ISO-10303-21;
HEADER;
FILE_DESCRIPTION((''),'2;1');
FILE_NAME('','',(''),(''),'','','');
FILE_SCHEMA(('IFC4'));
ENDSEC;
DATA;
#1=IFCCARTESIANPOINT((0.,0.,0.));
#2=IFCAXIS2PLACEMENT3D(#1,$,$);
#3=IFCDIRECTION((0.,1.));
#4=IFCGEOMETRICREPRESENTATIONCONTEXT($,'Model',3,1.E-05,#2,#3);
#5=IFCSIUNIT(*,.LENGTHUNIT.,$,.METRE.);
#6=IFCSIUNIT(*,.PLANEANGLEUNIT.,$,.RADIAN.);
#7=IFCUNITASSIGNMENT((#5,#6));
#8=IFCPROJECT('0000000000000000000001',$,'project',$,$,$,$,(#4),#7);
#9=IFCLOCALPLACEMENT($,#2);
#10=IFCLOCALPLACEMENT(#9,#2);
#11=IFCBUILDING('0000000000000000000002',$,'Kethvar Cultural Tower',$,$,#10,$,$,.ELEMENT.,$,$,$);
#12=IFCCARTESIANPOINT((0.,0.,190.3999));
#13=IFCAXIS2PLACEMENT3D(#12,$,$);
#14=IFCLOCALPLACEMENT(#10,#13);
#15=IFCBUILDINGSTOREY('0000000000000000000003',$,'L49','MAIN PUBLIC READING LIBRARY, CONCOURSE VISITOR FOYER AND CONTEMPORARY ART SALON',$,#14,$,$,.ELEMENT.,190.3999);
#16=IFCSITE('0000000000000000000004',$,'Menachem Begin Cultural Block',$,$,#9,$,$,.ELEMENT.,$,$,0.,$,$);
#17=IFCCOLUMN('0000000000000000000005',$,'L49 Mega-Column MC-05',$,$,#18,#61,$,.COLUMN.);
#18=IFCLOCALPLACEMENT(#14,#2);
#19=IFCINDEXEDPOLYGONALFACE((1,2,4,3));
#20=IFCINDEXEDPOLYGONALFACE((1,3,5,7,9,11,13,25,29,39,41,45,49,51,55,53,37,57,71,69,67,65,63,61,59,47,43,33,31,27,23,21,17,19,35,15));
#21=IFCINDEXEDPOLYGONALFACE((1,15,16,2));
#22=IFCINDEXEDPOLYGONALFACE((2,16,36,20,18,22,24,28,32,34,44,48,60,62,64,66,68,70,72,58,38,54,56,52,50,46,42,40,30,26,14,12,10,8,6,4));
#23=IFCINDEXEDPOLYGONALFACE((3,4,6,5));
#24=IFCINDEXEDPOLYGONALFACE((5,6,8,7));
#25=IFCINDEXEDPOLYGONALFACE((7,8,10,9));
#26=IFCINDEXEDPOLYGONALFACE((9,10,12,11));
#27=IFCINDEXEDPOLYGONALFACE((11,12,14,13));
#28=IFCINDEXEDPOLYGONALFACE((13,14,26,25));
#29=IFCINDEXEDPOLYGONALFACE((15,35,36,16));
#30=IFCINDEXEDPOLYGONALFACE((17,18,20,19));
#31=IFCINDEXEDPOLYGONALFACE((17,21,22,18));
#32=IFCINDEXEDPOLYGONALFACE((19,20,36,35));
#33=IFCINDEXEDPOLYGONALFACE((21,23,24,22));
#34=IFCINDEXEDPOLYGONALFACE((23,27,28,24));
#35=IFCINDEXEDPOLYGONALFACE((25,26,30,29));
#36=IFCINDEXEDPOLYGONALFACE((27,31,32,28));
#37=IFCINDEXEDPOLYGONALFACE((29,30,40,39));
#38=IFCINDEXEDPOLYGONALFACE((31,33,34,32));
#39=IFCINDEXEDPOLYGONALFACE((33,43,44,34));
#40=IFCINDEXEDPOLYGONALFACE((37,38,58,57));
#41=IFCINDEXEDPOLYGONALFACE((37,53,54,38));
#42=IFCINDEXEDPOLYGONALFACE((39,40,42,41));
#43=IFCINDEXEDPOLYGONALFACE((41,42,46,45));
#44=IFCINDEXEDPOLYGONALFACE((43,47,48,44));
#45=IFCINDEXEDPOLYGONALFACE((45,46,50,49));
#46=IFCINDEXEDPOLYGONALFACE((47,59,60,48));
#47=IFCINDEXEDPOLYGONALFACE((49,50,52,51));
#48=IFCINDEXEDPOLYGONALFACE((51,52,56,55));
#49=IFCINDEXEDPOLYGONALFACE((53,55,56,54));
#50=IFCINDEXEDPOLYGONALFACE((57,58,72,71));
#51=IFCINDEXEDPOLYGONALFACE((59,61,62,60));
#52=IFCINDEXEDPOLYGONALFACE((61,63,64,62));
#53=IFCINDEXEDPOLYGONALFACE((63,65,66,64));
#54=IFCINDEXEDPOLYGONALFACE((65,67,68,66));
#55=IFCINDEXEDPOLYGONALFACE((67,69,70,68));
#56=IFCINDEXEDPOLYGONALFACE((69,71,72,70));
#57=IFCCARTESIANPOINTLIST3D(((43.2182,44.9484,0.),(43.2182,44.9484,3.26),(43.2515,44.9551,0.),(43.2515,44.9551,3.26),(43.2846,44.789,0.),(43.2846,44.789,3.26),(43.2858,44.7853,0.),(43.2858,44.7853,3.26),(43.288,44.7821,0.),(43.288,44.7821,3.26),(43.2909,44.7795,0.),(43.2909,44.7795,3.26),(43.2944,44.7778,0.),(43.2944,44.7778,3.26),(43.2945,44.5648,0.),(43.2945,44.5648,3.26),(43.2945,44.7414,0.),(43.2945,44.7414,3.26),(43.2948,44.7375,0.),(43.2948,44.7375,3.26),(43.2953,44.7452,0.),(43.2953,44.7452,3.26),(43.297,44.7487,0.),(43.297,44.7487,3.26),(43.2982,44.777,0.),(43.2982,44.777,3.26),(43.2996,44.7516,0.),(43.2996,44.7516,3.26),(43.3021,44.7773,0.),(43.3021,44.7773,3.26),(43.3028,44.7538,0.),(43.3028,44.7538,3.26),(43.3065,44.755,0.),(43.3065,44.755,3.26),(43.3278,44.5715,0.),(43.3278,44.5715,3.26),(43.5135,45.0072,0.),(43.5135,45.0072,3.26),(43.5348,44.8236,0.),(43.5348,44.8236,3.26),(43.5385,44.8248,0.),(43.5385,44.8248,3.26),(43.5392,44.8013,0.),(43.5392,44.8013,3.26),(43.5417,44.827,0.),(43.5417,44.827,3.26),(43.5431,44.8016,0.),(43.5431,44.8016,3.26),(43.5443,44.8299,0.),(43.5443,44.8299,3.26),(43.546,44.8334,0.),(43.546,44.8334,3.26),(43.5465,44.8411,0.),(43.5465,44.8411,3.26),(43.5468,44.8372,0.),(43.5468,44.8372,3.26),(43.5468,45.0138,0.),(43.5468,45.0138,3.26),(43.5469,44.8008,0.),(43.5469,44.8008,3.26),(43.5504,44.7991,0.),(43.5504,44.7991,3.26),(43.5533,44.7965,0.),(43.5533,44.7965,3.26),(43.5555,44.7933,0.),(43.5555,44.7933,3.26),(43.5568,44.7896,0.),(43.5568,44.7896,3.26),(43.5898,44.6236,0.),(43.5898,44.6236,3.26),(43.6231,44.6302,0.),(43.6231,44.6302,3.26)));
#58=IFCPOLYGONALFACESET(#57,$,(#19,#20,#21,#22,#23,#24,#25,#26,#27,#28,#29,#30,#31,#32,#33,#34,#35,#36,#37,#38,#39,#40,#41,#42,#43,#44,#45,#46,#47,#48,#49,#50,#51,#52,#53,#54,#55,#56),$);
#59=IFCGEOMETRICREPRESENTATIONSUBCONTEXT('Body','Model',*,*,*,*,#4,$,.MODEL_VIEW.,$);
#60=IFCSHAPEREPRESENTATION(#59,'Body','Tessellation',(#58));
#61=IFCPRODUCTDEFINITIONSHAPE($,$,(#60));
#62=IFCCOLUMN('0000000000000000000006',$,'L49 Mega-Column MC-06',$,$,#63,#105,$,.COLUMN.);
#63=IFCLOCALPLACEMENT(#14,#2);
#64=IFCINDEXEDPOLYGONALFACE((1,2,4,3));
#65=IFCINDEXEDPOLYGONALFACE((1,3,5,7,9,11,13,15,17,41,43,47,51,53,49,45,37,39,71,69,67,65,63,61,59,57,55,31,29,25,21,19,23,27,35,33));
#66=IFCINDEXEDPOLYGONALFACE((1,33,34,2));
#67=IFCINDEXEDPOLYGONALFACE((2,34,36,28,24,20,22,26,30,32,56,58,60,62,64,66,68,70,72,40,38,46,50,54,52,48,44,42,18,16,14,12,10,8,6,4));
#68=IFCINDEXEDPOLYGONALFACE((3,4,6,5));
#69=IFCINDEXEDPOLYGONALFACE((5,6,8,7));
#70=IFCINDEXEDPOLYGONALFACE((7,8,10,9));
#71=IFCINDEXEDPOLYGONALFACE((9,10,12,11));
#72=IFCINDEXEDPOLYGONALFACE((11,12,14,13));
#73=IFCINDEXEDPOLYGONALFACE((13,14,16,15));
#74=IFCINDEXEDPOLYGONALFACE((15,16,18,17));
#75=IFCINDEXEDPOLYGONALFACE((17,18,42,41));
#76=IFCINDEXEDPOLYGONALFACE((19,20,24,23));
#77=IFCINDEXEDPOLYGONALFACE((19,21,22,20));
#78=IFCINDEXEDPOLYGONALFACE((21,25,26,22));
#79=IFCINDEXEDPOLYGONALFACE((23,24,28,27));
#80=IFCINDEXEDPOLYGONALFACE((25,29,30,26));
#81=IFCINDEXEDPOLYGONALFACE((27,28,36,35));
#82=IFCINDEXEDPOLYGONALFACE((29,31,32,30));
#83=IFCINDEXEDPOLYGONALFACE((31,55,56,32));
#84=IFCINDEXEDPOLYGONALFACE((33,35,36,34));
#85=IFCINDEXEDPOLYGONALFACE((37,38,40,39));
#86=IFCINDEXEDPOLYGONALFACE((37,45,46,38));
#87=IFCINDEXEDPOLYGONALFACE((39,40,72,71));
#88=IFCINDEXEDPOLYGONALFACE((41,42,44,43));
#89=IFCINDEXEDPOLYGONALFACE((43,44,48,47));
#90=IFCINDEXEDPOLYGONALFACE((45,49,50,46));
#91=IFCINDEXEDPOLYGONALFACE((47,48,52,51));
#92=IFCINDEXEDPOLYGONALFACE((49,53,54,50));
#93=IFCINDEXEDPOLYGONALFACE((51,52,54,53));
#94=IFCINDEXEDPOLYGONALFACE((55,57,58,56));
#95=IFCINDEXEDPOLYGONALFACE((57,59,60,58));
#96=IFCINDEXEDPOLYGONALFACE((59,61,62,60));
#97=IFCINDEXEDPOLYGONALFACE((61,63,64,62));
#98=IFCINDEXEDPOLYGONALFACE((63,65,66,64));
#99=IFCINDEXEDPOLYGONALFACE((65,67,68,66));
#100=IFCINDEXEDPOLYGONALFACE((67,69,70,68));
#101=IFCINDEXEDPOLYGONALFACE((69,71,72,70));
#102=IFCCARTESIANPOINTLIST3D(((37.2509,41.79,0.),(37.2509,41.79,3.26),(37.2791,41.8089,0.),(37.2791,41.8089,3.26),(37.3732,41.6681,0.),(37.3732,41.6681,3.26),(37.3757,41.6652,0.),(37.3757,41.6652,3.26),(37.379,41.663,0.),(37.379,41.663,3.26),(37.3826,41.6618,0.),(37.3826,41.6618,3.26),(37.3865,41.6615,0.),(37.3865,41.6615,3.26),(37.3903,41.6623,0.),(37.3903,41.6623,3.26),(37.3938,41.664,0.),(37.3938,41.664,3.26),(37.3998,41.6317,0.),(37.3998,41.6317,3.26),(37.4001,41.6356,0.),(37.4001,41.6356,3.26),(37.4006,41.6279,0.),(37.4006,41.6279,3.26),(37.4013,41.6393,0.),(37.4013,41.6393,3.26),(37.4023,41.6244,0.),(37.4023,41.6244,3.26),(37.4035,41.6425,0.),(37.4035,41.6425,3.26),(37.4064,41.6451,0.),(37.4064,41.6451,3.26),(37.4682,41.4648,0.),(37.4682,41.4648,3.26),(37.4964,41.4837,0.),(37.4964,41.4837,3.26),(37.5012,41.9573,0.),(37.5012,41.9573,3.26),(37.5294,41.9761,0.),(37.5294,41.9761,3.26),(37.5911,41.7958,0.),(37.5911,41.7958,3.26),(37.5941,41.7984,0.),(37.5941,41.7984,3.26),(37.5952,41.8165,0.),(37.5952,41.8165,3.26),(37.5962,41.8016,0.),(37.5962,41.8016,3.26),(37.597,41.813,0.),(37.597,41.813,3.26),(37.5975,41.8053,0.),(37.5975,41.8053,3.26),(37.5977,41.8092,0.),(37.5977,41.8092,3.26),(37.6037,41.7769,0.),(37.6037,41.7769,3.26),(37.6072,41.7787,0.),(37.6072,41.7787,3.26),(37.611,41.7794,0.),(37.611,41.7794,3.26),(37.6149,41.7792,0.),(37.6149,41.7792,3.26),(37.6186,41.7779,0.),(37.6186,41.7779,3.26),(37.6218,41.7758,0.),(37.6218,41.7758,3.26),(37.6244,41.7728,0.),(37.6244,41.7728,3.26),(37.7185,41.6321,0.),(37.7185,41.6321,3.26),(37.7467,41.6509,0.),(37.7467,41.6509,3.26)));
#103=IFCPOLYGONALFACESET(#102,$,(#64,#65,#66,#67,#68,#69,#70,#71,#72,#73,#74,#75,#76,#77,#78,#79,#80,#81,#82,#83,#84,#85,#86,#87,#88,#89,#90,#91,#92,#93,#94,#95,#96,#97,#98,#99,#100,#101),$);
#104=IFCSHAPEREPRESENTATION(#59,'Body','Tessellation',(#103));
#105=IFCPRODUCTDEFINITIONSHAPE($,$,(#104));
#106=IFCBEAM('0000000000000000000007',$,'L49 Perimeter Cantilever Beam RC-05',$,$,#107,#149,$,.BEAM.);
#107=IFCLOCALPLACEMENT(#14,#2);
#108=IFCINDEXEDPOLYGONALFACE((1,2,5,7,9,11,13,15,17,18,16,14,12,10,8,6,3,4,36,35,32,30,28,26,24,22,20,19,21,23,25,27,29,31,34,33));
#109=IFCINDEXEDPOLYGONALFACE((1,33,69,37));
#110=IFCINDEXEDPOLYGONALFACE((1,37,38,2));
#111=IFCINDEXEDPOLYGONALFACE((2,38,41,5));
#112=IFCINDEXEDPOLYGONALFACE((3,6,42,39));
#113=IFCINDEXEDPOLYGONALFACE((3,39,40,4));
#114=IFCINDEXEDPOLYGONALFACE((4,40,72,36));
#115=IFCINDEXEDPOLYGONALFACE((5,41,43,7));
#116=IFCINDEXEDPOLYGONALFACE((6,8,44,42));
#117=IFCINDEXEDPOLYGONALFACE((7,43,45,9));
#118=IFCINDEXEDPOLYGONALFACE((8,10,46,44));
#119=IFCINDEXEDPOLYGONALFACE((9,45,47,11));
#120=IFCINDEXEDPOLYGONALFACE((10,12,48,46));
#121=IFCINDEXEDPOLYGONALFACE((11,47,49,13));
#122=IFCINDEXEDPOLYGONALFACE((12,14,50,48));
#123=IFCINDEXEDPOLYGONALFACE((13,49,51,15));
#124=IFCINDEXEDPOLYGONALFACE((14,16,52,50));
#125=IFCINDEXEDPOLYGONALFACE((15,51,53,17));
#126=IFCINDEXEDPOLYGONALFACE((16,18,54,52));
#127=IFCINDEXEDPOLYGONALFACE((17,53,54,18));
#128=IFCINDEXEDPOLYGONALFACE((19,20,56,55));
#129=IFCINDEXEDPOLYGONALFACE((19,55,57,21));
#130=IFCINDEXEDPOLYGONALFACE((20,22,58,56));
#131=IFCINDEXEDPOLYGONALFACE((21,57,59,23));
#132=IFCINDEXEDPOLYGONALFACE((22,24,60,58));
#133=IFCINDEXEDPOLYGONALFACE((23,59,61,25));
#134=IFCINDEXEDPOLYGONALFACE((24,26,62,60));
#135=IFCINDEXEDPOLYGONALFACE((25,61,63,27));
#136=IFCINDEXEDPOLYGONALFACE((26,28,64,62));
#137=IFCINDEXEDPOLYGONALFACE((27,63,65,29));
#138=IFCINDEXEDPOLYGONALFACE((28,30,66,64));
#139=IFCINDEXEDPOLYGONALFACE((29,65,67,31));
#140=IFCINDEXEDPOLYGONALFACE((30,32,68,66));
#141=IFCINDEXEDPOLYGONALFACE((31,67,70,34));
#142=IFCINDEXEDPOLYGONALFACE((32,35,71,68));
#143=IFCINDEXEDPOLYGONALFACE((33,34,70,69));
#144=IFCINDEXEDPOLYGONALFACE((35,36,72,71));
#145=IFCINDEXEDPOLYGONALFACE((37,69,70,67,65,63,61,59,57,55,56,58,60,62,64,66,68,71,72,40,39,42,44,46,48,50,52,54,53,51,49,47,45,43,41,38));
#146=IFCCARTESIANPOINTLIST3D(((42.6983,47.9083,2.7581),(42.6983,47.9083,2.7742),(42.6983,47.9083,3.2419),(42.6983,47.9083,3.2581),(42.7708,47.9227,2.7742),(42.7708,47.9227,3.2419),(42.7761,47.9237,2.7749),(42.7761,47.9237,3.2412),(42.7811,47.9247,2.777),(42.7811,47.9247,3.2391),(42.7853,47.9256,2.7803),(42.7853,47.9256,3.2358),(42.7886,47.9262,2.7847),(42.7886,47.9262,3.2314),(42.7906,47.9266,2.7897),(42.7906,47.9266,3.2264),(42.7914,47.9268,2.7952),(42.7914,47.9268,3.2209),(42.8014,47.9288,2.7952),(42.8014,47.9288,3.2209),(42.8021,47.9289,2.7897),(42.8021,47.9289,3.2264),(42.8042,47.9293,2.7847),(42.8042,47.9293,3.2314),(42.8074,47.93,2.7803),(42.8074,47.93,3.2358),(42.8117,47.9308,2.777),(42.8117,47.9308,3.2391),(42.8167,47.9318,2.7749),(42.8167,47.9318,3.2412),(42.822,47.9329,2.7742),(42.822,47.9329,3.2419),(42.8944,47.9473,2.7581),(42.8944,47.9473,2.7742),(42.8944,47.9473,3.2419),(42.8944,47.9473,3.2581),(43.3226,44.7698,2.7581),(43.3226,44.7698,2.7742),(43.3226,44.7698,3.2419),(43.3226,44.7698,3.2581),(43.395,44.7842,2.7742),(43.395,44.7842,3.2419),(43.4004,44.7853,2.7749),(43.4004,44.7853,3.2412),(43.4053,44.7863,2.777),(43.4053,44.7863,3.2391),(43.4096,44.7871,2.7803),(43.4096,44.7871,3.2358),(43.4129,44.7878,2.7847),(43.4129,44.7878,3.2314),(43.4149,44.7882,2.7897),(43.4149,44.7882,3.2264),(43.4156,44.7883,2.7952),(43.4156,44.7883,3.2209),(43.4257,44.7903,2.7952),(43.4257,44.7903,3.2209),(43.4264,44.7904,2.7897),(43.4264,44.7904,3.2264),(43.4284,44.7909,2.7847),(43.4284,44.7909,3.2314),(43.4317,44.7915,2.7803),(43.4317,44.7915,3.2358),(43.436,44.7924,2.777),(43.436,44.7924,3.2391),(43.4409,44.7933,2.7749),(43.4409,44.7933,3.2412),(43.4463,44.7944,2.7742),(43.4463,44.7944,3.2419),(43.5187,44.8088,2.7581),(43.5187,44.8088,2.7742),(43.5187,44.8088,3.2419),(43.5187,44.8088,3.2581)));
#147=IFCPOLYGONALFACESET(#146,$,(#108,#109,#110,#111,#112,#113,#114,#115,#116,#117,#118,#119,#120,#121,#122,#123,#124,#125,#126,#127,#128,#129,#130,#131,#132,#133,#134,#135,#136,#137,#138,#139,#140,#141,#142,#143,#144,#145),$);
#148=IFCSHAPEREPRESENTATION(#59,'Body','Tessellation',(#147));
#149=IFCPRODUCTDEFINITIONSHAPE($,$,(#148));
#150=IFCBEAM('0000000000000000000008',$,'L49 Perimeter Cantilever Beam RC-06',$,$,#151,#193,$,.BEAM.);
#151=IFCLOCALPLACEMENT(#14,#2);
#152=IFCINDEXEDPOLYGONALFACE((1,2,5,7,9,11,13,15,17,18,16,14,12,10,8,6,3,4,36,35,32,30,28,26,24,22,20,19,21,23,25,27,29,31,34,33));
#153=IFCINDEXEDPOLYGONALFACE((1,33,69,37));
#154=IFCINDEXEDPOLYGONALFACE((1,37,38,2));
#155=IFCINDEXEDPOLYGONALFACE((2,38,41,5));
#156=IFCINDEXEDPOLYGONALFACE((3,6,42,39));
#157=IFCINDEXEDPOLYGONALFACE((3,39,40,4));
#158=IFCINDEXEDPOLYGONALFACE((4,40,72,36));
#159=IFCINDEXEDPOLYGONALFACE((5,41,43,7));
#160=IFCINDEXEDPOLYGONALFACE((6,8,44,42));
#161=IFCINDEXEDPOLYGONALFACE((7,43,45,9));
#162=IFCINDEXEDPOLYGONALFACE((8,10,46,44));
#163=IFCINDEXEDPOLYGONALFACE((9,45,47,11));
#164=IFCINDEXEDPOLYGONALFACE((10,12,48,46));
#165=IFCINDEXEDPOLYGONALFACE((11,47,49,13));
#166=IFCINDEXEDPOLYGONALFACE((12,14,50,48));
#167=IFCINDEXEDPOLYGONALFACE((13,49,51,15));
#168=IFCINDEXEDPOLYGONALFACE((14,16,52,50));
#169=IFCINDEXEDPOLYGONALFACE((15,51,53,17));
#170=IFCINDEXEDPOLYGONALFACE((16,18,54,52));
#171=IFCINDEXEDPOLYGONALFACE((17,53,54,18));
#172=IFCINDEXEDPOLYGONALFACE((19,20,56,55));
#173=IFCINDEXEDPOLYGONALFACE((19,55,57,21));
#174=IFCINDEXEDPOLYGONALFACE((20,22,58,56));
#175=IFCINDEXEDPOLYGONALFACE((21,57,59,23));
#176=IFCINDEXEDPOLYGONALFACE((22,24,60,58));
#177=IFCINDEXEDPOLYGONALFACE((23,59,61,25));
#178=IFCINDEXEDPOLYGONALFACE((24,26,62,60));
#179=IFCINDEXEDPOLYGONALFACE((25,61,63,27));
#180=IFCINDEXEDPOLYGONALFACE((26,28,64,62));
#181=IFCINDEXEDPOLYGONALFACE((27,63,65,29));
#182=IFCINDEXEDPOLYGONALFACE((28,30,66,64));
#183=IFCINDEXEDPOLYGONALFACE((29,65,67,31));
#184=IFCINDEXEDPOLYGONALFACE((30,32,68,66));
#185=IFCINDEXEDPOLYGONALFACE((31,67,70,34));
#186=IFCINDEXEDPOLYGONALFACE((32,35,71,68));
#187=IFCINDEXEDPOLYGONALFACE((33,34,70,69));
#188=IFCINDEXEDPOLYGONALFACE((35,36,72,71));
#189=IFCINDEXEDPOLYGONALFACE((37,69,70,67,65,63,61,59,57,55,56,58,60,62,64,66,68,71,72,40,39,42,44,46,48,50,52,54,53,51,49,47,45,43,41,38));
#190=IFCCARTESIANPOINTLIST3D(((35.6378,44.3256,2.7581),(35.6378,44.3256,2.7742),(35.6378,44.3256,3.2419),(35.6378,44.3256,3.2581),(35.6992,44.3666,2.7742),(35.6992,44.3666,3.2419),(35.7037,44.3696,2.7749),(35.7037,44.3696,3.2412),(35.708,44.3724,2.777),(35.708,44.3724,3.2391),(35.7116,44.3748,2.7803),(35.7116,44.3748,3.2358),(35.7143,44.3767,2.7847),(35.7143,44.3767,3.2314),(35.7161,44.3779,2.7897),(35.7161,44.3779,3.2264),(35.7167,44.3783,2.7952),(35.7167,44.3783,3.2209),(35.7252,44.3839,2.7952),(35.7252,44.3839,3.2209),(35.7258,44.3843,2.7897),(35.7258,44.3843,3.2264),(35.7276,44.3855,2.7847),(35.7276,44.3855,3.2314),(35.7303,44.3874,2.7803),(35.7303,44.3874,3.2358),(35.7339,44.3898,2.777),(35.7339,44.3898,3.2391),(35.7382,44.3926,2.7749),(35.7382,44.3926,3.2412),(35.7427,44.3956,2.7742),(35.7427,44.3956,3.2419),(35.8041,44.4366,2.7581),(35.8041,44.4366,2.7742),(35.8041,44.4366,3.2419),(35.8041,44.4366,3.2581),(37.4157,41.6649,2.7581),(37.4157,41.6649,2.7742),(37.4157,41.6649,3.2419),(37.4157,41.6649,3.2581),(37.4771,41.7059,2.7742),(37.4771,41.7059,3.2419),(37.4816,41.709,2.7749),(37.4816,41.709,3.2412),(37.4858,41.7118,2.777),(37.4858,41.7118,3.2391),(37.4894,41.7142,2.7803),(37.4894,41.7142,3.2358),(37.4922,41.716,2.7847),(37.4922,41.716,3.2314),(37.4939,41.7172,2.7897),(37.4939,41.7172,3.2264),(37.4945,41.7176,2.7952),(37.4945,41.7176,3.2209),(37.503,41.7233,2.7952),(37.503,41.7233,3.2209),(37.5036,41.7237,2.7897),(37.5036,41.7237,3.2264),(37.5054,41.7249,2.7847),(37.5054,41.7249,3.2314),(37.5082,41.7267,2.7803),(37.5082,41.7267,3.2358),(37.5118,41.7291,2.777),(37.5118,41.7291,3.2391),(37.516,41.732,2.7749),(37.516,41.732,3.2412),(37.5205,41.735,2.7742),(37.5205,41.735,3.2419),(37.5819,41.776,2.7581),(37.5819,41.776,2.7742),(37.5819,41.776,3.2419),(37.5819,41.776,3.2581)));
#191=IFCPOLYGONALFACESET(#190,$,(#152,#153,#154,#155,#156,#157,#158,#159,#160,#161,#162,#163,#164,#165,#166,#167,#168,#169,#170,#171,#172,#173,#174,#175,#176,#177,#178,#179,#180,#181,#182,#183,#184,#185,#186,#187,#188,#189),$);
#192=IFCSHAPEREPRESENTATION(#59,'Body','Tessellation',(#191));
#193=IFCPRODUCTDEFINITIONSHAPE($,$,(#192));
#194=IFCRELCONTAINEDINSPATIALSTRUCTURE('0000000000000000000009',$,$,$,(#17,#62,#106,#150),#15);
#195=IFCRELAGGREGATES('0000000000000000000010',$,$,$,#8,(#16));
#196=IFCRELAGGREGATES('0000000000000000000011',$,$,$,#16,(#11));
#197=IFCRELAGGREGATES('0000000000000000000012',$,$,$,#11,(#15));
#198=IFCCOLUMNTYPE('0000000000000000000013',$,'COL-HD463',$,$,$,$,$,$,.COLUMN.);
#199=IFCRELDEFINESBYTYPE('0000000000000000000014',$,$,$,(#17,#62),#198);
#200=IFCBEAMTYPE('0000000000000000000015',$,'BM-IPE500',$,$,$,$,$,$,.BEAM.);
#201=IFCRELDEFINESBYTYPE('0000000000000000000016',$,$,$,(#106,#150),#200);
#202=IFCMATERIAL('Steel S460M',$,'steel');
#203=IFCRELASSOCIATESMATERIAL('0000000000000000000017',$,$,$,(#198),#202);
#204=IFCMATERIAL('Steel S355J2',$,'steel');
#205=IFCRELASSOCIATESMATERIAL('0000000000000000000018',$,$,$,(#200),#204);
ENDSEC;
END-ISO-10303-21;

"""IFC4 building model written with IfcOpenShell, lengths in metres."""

from ifc_helpers import new_model, si_unit, direction, frame, origin, origin_2d, place, context, subcontext, project, spatial, i_section, extrude, source, transform, mapped, material, material_profile, profile_set, type_object, element, save


model = new_model("IFC4")

# Units and contexts
model_context = context("Model", 3, precision=1e-05, world=origin(), true_north=direction((0.0, 1.0)))
body_context = subcontext(model_context, "Body", "Model", "MODEL_VIEW")
ifc_project = project(units=[si_unit("LENGTHUNIT", "METRE"), si_unit("PLANEANGLEUNIT", "RADIAN")], contexts=[model_context])

# Site, building, storey
site_placement = place(None, origin())
site = spatial("IfcSite", under=ifc_project, at=site_placement, Name="Menachem Begin Cultural Block", CompositionType="ELEMENT", RefElevation=0.0)
building_placement = place(site_placement, origin())
building = spatial("IfcBuilding", under=site, at=building_placement, Name="Kethvar Cultural Tower", CompositionType="ELEMENT")
storey_placement = place(building_placement, frame((0.0, 0.0, 190.3999)))
storey = spatial("IfcBuildingStorey", under=building, at=storey_placement, Name="L49", Description="MAIN PUBLIC READING LIBRARY, CONCOURSE VISITOR FOYER AND CONTEMPORARY ART SALON", CompositionType="ELEMENT", Elevation=190.3999)

# Columns
ifc_material_1 = material(Name="Steel S460M", Category="steel")
ifc_material_profile_1 = material_profile(ifc_material_1, i_section(OverallWidth=0.3911, OverallDepth=0.335, WebThickness=0.0227, FlangeThickness=0.0339, FilletRadius=0.0149, at=origin_2d()), Name="Steel S460M — HD400x463")
ifc_profile_set_1 = profile_set([ifc_material_profile_1], Name="Steel S460M — HD400x463")
column_type = type_object("IfcColumnType", Name="COL-HD463", PredefinedType="COLUMN", material=ifc_profile_set_1)
shared_shape_1 = source(origin(), body_context, "Body", "SweptSolid", [
    extrude(i_section(OverallWidth=0.3911, OverallDepth=0.335, WebThickness=0.0227, FlangeThickness=0.0339, FilletRadius=0.0149, at=origin_2d()), origin(), (0.0, 0.0, 1.0), 3.26),
])
for number, where, z_axis, x_axis, name in (
    (1, (43.4207, 44.7893, 0.0), (0.0, 0.0, 1.0), (-0.19509, 0.980785, 0.0), "L49 Mega-Column MC-05"),
    (2, (37.4988, 41.7205, 0.0), (0.0, 0.0, 1.0), (-0.55557, 0.83147, 0.0), "L49 Mega-Column MC-06"),
):
    element("IfcColumn", number, at=place(storey_placement, frame(where, z_axis=z_axis, x_axis=x_axis)), inside=storey, type_object=column_type, Name=name, PredefinedType="COLUMN", context=body_context, shape_type="MappedRepresentation", body=[
        mapped(shared_shape_1, transform((0.0, 0.0, 0.0), scale=1.0)),
    ])

# Beams
ifc_material_2 = material(Name="Steel S355J2", Category="steel")
ifc_material_profile_2 = material_profile(ifc_material_2, i_section(OverallWidth=0.2, OverallDepth=0.5, WebThickness=0.0103, FlangeThickness=0.0161, FilletRadius=0.021, at=origin_2d()), Name="Steel S355J2 — IPE500")
ifc_profile_set_2 = profile_set([ifc_material_profile_2], Name="Steel S355J2 — IPE500")
beam_type_1 = type_object("IfcBeamType", Name="BM-IPE500", PredefinedType="BEAM", material=ifc_profile_set_2)
shared_shape_2 = source(origin(), body_context, "Body", "SweptSolid", [
    extrude(i_section(OverallWidth=0.2, OverallDepth=0.5, WebThickness=0.0103, FlangeThickness=0.0161, FilletRadius=0.021, at=origin_2d()), origin(), (0.0, 0.0, 1.0), 3.2),
])
for number, where, z_axis, x_axis, name in (
    (3, (43.4207, 44.7893, 3.0081), (-0.195089, 0.980786, 0.0), (-0.980786, -0.195089, 0.0), "L49 Perimeter Cantilever Beam RC-05"),
    (4, (37.4988, 41.7205, 3.0081), (-0.55558, 0.831463, 0.0), (-0.831463, -0.55558, 0.0), "L49 Perimeter Cantilever Beam RC-06"),
):
    element("IfcBeam", number, at=place(storey_placement, frame(where, z_axis=z_axis, x_axis=x_axis)), inside=storey, type_object=beam_type_1, Name=name, PredefinedType="BEAM", context=body_context, shape_type="MappedRepresentation", body=[
        mapped(shared_shape_2, transform((0.0, 0.0, 0.0), scale=1.0)),
    ])

save(model, "model.ifc")
